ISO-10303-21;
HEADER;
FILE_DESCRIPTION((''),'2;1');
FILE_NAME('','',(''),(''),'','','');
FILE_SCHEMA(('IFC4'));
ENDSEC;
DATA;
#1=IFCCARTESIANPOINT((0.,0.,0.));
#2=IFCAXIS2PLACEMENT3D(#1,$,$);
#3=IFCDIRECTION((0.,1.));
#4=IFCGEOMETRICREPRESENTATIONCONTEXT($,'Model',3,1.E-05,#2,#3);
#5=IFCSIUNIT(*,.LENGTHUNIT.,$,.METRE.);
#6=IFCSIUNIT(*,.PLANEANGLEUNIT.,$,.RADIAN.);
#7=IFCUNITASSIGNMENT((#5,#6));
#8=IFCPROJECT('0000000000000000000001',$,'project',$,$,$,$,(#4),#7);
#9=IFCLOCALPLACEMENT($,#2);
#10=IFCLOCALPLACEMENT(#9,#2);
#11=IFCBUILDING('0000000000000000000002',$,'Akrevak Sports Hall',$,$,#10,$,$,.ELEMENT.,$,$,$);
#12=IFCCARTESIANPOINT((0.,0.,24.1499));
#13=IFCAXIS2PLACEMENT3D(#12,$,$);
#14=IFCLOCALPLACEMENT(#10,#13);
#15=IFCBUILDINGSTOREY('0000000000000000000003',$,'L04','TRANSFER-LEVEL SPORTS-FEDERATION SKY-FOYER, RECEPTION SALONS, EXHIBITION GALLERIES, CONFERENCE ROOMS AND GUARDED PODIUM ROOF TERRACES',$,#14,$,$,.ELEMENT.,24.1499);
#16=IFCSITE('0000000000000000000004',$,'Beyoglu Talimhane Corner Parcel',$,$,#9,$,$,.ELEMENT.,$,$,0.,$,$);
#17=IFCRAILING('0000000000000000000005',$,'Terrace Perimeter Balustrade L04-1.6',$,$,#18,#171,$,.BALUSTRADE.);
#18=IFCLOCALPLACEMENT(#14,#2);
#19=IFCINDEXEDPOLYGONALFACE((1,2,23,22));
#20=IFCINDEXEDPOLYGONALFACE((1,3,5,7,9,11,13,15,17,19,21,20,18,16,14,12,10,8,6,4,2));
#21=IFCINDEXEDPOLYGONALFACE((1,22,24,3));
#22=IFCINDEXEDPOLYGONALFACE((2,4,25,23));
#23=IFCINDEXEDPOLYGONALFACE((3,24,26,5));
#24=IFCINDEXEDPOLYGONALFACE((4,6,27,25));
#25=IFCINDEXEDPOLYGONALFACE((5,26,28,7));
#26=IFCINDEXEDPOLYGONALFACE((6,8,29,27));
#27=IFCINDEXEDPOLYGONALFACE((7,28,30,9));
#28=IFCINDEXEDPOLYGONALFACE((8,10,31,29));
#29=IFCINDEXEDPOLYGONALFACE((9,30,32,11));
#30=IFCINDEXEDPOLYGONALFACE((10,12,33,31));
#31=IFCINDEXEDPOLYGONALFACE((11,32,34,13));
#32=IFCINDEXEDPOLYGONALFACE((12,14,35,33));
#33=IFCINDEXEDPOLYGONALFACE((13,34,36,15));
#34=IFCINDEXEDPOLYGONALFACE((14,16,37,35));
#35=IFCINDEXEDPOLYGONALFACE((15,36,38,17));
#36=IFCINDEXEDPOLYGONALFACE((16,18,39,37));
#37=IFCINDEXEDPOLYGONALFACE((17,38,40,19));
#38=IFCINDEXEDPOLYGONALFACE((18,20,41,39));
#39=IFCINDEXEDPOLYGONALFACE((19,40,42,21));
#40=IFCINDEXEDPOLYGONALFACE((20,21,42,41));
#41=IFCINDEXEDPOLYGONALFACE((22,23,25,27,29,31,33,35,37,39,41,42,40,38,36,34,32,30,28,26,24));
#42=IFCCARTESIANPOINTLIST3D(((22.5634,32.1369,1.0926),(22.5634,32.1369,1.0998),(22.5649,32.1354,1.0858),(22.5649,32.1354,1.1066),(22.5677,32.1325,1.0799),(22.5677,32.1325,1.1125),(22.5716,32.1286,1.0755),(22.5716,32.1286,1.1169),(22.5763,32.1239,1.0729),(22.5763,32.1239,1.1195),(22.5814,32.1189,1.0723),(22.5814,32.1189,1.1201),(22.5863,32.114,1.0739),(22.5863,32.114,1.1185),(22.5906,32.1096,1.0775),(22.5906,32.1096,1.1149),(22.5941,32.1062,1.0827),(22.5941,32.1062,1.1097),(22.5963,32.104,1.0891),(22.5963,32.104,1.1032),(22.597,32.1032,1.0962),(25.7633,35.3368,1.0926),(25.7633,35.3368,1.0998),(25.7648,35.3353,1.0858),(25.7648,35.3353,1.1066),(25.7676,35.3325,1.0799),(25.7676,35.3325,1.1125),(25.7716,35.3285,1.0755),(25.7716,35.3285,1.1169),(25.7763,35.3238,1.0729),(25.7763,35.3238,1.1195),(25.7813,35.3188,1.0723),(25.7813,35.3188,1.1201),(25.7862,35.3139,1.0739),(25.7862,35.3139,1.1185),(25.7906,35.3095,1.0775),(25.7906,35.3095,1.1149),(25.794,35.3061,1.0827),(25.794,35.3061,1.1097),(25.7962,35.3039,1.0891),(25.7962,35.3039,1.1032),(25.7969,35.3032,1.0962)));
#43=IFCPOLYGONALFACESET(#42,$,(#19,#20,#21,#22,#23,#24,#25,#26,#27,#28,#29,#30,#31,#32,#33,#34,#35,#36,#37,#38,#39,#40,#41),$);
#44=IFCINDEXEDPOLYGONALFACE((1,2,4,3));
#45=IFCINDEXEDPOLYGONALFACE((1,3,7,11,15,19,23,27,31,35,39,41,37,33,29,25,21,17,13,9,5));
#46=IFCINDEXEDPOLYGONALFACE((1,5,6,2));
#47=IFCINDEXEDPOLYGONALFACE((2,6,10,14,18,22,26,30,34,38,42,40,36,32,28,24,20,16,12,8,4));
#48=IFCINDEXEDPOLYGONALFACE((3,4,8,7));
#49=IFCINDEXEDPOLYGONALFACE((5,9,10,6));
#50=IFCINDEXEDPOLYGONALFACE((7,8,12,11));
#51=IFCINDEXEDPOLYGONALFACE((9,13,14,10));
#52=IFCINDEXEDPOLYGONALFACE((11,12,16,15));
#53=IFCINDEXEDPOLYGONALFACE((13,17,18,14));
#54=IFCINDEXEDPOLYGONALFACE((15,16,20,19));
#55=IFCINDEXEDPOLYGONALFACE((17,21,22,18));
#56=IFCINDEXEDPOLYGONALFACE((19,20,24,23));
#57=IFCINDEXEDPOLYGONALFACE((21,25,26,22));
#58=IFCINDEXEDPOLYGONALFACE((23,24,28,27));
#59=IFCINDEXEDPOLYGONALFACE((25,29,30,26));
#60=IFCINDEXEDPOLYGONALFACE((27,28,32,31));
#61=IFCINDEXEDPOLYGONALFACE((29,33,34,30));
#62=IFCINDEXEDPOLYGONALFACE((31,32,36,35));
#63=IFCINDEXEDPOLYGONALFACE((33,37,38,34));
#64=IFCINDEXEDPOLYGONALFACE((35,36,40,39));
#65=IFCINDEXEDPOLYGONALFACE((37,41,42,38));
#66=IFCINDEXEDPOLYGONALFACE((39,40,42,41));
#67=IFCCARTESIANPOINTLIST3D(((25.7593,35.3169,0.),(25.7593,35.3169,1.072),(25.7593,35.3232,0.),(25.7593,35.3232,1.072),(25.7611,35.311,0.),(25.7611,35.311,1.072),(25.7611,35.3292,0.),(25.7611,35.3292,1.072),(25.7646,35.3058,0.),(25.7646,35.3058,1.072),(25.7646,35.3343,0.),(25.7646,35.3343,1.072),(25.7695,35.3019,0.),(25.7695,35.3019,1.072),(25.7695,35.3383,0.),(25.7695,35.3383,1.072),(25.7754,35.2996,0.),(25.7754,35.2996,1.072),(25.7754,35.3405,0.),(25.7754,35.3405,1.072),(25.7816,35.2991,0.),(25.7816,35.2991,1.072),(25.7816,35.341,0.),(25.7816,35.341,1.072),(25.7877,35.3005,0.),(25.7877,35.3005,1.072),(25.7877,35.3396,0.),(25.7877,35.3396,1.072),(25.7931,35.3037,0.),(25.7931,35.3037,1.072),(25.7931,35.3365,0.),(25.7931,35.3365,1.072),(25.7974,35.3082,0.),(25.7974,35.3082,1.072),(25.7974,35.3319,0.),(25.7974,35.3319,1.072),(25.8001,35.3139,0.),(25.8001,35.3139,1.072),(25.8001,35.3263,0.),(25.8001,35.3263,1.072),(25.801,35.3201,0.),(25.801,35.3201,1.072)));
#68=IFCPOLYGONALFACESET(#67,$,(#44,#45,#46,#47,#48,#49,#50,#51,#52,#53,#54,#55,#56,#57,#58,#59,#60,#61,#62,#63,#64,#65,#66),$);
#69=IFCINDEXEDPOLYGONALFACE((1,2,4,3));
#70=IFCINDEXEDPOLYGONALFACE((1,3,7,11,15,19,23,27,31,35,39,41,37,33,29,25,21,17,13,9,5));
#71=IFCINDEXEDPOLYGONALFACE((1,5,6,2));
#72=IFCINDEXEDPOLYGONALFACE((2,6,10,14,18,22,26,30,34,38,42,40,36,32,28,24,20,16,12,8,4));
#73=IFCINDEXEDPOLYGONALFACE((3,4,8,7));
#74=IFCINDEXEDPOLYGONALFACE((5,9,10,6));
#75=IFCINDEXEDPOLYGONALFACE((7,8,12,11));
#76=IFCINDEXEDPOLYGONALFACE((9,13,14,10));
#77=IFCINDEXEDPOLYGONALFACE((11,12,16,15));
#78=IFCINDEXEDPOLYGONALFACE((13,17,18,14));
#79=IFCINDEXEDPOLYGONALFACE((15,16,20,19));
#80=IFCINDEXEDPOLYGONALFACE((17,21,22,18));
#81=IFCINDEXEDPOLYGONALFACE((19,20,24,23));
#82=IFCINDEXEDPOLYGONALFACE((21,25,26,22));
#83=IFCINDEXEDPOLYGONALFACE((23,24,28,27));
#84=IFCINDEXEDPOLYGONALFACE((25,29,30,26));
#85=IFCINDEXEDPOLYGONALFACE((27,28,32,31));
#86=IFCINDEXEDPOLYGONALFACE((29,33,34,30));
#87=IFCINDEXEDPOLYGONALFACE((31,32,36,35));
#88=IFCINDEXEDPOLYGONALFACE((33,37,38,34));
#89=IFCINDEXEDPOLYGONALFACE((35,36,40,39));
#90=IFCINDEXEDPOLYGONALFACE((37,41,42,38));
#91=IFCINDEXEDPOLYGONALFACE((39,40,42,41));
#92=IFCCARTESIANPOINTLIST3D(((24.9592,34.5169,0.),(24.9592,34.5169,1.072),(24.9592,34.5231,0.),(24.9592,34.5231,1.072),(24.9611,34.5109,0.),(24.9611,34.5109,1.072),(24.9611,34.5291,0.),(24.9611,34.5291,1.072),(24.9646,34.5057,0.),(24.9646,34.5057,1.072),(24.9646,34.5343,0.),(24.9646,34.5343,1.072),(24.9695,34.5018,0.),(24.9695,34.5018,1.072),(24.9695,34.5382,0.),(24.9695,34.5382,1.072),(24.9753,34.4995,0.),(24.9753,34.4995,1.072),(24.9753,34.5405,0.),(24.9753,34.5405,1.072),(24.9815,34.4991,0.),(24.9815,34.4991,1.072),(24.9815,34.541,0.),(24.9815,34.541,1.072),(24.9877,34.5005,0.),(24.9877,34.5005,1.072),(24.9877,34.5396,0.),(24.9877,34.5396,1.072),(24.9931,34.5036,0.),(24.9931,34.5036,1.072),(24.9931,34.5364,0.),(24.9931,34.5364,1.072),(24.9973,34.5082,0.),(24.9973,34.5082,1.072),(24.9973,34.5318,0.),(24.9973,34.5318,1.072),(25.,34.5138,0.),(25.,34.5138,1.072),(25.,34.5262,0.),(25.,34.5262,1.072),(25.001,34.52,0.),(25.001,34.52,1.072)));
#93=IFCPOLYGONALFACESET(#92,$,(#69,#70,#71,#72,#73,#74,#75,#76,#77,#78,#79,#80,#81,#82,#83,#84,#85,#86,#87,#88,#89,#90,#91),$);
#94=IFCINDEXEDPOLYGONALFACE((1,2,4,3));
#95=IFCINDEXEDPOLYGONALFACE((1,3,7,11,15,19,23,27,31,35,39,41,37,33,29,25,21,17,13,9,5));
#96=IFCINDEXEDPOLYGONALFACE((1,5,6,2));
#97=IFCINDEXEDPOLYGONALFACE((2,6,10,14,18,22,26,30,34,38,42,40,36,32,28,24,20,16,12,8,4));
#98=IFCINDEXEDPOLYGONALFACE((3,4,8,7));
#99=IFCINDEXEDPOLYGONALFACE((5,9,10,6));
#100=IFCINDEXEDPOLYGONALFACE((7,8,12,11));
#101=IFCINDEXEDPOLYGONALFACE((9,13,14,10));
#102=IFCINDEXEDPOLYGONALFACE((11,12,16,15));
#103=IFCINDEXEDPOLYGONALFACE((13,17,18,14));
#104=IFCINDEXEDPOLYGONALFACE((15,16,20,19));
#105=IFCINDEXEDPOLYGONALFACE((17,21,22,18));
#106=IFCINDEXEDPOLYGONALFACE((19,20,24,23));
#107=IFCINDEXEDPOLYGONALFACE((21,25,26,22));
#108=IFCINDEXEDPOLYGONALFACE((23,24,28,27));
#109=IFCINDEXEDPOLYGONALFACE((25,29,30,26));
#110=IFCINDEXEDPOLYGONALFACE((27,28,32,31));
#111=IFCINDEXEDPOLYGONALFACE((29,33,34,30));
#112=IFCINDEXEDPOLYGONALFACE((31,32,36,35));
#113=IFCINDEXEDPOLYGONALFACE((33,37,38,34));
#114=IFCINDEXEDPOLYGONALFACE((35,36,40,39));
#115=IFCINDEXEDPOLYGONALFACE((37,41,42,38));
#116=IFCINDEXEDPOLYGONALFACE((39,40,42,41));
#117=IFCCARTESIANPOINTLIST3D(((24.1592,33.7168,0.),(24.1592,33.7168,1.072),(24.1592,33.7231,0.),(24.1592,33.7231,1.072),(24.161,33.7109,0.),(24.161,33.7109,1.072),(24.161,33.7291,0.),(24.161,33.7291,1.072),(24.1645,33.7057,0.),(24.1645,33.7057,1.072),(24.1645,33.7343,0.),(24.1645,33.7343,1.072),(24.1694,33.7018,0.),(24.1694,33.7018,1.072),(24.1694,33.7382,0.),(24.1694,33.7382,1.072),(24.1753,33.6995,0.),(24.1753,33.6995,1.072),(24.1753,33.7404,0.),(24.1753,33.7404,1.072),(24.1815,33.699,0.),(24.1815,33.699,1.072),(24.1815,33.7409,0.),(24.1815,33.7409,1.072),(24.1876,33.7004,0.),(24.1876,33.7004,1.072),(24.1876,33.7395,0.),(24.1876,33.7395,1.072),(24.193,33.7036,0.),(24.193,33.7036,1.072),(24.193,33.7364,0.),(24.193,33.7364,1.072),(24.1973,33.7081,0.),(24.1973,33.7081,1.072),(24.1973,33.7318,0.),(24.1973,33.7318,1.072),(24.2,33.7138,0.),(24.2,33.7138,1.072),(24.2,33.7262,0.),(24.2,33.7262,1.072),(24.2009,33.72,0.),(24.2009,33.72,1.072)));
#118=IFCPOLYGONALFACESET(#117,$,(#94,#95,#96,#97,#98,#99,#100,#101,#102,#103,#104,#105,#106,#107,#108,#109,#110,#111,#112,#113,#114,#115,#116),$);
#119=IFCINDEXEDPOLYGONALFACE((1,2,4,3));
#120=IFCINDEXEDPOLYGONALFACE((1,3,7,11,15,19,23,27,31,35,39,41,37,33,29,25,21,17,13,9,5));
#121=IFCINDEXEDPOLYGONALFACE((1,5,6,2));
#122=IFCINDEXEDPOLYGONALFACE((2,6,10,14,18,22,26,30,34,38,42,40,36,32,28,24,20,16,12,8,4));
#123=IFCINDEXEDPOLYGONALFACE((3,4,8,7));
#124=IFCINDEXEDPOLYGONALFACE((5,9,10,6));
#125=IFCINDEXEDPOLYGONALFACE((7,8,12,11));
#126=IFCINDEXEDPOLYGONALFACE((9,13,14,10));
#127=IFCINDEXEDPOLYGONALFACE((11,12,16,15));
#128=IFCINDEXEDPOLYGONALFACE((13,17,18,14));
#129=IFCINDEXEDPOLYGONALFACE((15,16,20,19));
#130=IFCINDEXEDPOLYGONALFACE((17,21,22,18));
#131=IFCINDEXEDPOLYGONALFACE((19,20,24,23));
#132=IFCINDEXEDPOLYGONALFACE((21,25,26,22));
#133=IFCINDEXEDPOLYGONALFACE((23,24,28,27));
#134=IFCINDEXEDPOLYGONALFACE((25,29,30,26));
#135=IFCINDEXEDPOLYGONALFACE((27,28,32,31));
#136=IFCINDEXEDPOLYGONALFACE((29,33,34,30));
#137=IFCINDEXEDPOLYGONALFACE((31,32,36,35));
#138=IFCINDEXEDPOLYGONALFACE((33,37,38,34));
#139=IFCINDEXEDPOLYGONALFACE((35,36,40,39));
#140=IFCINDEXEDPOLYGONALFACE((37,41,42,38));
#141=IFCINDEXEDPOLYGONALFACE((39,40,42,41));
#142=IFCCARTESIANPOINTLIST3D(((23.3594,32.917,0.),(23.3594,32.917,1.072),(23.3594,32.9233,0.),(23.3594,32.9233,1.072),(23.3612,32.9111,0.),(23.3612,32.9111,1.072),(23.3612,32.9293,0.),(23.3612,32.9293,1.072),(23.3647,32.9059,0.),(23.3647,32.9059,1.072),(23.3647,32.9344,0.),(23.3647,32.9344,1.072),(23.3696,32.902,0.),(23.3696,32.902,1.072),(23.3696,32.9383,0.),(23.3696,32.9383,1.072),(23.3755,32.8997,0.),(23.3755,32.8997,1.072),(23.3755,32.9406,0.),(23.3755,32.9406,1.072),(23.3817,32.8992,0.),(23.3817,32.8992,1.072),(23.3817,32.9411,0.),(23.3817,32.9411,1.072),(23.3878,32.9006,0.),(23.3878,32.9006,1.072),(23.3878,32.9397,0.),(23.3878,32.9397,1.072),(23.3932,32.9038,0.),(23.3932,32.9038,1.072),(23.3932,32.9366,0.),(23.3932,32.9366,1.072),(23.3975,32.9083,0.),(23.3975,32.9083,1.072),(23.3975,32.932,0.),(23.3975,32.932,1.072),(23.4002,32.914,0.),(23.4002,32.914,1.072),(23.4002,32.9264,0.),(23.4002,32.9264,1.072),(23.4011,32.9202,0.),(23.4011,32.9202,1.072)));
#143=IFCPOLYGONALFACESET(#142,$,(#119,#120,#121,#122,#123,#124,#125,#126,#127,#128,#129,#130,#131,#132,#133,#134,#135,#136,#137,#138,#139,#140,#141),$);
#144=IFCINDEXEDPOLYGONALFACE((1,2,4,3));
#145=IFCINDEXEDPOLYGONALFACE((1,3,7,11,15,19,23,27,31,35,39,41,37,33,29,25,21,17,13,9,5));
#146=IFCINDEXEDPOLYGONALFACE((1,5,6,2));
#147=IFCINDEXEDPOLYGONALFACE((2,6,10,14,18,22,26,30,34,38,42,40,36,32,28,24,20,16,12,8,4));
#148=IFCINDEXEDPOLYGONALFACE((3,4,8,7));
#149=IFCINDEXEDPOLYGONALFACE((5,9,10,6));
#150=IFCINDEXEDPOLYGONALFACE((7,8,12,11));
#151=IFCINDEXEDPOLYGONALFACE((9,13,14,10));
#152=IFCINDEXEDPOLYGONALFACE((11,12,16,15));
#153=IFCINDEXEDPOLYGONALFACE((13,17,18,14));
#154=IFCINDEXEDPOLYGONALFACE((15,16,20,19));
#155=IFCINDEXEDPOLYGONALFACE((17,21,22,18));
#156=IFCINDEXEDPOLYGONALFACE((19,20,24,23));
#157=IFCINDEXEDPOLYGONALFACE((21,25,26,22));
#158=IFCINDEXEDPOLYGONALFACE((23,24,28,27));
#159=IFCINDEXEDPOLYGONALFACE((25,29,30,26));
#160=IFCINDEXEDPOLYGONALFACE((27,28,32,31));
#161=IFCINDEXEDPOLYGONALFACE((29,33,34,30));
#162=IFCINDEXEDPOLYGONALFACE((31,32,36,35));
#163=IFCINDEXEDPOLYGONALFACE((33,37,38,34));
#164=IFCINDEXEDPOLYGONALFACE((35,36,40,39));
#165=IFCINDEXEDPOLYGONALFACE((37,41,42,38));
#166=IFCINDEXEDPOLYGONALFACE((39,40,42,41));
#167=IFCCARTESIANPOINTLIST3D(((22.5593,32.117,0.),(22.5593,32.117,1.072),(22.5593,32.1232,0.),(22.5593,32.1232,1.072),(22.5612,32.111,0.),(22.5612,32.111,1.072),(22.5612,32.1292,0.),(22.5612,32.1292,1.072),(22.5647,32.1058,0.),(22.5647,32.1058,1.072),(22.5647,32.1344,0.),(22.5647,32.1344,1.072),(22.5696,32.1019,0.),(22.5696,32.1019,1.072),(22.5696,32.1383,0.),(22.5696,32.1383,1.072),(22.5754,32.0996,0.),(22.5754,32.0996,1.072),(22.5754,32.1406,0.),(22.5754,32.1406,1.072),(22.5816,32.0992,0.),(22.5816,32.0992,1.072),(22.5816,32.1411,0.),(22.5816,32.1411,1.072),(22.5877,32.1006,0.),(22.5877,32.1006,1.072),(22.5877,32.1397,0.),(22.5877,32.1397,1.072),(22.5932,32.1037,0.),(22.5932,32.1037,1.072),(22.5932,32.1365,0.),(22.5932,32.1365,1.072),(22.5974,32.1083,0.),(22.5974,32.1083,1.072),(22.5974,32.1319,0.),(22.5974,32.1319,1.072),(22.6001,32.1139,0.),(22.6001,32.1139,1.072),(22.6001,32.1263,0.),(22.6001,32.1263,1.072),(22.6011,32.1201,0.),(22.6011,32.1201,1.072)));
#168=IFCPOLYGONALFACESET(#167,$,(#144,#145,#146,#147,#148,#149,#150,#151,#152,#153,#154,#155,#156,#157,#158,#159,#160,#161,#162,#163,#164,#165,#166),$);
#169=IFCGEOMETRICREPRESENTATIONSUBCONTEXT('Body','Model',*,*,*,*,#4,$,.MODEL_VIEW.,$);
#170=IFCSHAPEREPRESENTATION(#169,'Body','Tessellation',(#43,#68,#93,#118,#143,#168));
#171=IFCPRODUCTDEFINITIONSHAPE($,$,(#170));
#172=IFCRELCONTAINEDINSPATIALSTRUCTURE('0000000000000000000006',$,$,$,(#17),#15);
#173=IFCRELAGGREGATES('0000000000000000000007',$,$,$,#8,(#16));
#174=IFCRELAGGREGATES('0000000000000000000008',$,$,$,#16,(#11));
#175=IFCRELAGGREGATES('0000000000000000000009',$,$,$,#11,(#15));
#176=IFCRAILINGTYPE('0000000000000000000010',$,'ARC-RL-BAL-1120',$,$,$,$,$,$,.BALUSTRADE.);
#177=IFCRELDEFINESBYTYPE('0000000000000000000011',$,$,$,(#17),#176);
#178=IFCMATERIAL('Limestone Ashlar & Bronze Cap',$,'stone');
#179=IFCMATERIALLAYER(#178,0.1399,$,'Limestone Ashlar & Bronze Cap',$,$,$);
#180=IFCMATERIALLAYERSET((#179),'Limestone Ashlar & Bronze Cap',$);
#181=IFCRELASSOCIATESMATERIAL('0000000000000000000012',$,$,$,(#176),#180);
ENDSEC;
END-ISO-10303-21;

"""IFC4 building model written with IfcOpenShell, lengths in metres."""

from ifc_helpers import new_model, si_unit, direction, frame, origin, origin_2d, place, context, subcontext, project, spatial, circle, extrude, material, layer, layer_set, type_object, element, save


model = new_model("IFC4")

# Units and contexts
model_context = context("Model", 3, precision=1e-05, world=origin(), true_north=direction((0.0, 1.0)))
body_context = subcontext(model_context, "Body", "Model", "MODEL_VIEW")
ifc_project = project(units=[si_unit("LENGTHUNIT", "METRE"), si_unit("PLANEANGLEUNIT", "RADIAN")], contexts=[model_context])

# Site, building, storey
site_placement = place(None, origin())
site = spatial("IfcSite", under=ifc_project, at=site_placement, Name="Beyoglu Talimhane Corner Parcel", CompositionType="ELEMENT", RefElevation=0.0)
building_placement = place(site_placement, origin())
building = spatial("IfcBuilding", under=site, at=building_placement, Name="Akrevak Sports Hall", CompositionType="ELEMENT")
storey_placement = place(building_placement, frame((0.0, 0.0, 24.1499)))
storey = spatial("IfcBuildingStorey", under=building, at=storey_placement, Name="L04", Description="TRANSFER-LEVEL SPORTS-FEDERATION SKY-FOYER, RECEPTION SALONS, EXHIBITION GALLERIES, CONFERENCE ROOMS AND GUARDED PODIUM ROOF TERRACES", CompositionType="ELEMENT", Elevation=24.1499)

# Railing
ifc_material_1 = material(Name="Limestone Ashlar & Bronze Cap", Category="stone")
ifc_layer_1 = layer(ifc_material_1, 0.1399, Name="Limestone Ashlar & Bronze Cap")
ifc_layer_set_1 = layer_set([ifc_layer_1], Name="Limestone Ashlar & Bronze Cap")
railing_type = type_object("IfcRailingType", Name="ARC-RL-BAL-1120", PredefinedType="BALUSTRADE", material=ifc_layer_set_1)
railing_1_placement = place(storey_placement, frame((25.78, 35.3201, 0.0)))
element("IfcRailing", 1, at=railing_1_placement, inside=storey, type_object=railing_type, Name="Terrace Perimeter Balustrade L04-1.6", PredefinedType="BALUSTRADE", context=body_context, shape_type="SweptSolid", body=[
    extrude(circle(Radius=0.0239, at=origin_2d()), frame((0.0, 0.0, 1.0962), z_axis=(-0.707107, -0.707107, 0.0), x_axis=(0.707107, -0.707107, 0.0)), (0.0, 0.0, 1.0), 4.5254),
    extrude(circle(Radius=0.021, at=origin_2d()), origin(), (0.0, 0.0, 1.0), 1.072),
    extrude(circle(Radius=0.021, at=origin_2d()), frame((-0.8, -0.8, 0.0)), (0.0, 0.0, 1.0), 1.072),
    extrude(circle(Radius=0.021, at=origin_2d()), frame((-1.6001, -1.6001, 0.0)), (0.0, 0.0, 1.0), 1.072),
    extrude(circle(Radius=0.021, at=origin_2d()), frame((-2.3999, -2.3999, 0.0)), (0.0, 0.0, 1.0), 1.072),
    extrude(circle(Radius=0.021, at=origin_2d()), frame((-3.2, -3.2, 0.0)), (0.0, 0.0, 1.0), 1.072),
])

save(model, "model.ifc")
